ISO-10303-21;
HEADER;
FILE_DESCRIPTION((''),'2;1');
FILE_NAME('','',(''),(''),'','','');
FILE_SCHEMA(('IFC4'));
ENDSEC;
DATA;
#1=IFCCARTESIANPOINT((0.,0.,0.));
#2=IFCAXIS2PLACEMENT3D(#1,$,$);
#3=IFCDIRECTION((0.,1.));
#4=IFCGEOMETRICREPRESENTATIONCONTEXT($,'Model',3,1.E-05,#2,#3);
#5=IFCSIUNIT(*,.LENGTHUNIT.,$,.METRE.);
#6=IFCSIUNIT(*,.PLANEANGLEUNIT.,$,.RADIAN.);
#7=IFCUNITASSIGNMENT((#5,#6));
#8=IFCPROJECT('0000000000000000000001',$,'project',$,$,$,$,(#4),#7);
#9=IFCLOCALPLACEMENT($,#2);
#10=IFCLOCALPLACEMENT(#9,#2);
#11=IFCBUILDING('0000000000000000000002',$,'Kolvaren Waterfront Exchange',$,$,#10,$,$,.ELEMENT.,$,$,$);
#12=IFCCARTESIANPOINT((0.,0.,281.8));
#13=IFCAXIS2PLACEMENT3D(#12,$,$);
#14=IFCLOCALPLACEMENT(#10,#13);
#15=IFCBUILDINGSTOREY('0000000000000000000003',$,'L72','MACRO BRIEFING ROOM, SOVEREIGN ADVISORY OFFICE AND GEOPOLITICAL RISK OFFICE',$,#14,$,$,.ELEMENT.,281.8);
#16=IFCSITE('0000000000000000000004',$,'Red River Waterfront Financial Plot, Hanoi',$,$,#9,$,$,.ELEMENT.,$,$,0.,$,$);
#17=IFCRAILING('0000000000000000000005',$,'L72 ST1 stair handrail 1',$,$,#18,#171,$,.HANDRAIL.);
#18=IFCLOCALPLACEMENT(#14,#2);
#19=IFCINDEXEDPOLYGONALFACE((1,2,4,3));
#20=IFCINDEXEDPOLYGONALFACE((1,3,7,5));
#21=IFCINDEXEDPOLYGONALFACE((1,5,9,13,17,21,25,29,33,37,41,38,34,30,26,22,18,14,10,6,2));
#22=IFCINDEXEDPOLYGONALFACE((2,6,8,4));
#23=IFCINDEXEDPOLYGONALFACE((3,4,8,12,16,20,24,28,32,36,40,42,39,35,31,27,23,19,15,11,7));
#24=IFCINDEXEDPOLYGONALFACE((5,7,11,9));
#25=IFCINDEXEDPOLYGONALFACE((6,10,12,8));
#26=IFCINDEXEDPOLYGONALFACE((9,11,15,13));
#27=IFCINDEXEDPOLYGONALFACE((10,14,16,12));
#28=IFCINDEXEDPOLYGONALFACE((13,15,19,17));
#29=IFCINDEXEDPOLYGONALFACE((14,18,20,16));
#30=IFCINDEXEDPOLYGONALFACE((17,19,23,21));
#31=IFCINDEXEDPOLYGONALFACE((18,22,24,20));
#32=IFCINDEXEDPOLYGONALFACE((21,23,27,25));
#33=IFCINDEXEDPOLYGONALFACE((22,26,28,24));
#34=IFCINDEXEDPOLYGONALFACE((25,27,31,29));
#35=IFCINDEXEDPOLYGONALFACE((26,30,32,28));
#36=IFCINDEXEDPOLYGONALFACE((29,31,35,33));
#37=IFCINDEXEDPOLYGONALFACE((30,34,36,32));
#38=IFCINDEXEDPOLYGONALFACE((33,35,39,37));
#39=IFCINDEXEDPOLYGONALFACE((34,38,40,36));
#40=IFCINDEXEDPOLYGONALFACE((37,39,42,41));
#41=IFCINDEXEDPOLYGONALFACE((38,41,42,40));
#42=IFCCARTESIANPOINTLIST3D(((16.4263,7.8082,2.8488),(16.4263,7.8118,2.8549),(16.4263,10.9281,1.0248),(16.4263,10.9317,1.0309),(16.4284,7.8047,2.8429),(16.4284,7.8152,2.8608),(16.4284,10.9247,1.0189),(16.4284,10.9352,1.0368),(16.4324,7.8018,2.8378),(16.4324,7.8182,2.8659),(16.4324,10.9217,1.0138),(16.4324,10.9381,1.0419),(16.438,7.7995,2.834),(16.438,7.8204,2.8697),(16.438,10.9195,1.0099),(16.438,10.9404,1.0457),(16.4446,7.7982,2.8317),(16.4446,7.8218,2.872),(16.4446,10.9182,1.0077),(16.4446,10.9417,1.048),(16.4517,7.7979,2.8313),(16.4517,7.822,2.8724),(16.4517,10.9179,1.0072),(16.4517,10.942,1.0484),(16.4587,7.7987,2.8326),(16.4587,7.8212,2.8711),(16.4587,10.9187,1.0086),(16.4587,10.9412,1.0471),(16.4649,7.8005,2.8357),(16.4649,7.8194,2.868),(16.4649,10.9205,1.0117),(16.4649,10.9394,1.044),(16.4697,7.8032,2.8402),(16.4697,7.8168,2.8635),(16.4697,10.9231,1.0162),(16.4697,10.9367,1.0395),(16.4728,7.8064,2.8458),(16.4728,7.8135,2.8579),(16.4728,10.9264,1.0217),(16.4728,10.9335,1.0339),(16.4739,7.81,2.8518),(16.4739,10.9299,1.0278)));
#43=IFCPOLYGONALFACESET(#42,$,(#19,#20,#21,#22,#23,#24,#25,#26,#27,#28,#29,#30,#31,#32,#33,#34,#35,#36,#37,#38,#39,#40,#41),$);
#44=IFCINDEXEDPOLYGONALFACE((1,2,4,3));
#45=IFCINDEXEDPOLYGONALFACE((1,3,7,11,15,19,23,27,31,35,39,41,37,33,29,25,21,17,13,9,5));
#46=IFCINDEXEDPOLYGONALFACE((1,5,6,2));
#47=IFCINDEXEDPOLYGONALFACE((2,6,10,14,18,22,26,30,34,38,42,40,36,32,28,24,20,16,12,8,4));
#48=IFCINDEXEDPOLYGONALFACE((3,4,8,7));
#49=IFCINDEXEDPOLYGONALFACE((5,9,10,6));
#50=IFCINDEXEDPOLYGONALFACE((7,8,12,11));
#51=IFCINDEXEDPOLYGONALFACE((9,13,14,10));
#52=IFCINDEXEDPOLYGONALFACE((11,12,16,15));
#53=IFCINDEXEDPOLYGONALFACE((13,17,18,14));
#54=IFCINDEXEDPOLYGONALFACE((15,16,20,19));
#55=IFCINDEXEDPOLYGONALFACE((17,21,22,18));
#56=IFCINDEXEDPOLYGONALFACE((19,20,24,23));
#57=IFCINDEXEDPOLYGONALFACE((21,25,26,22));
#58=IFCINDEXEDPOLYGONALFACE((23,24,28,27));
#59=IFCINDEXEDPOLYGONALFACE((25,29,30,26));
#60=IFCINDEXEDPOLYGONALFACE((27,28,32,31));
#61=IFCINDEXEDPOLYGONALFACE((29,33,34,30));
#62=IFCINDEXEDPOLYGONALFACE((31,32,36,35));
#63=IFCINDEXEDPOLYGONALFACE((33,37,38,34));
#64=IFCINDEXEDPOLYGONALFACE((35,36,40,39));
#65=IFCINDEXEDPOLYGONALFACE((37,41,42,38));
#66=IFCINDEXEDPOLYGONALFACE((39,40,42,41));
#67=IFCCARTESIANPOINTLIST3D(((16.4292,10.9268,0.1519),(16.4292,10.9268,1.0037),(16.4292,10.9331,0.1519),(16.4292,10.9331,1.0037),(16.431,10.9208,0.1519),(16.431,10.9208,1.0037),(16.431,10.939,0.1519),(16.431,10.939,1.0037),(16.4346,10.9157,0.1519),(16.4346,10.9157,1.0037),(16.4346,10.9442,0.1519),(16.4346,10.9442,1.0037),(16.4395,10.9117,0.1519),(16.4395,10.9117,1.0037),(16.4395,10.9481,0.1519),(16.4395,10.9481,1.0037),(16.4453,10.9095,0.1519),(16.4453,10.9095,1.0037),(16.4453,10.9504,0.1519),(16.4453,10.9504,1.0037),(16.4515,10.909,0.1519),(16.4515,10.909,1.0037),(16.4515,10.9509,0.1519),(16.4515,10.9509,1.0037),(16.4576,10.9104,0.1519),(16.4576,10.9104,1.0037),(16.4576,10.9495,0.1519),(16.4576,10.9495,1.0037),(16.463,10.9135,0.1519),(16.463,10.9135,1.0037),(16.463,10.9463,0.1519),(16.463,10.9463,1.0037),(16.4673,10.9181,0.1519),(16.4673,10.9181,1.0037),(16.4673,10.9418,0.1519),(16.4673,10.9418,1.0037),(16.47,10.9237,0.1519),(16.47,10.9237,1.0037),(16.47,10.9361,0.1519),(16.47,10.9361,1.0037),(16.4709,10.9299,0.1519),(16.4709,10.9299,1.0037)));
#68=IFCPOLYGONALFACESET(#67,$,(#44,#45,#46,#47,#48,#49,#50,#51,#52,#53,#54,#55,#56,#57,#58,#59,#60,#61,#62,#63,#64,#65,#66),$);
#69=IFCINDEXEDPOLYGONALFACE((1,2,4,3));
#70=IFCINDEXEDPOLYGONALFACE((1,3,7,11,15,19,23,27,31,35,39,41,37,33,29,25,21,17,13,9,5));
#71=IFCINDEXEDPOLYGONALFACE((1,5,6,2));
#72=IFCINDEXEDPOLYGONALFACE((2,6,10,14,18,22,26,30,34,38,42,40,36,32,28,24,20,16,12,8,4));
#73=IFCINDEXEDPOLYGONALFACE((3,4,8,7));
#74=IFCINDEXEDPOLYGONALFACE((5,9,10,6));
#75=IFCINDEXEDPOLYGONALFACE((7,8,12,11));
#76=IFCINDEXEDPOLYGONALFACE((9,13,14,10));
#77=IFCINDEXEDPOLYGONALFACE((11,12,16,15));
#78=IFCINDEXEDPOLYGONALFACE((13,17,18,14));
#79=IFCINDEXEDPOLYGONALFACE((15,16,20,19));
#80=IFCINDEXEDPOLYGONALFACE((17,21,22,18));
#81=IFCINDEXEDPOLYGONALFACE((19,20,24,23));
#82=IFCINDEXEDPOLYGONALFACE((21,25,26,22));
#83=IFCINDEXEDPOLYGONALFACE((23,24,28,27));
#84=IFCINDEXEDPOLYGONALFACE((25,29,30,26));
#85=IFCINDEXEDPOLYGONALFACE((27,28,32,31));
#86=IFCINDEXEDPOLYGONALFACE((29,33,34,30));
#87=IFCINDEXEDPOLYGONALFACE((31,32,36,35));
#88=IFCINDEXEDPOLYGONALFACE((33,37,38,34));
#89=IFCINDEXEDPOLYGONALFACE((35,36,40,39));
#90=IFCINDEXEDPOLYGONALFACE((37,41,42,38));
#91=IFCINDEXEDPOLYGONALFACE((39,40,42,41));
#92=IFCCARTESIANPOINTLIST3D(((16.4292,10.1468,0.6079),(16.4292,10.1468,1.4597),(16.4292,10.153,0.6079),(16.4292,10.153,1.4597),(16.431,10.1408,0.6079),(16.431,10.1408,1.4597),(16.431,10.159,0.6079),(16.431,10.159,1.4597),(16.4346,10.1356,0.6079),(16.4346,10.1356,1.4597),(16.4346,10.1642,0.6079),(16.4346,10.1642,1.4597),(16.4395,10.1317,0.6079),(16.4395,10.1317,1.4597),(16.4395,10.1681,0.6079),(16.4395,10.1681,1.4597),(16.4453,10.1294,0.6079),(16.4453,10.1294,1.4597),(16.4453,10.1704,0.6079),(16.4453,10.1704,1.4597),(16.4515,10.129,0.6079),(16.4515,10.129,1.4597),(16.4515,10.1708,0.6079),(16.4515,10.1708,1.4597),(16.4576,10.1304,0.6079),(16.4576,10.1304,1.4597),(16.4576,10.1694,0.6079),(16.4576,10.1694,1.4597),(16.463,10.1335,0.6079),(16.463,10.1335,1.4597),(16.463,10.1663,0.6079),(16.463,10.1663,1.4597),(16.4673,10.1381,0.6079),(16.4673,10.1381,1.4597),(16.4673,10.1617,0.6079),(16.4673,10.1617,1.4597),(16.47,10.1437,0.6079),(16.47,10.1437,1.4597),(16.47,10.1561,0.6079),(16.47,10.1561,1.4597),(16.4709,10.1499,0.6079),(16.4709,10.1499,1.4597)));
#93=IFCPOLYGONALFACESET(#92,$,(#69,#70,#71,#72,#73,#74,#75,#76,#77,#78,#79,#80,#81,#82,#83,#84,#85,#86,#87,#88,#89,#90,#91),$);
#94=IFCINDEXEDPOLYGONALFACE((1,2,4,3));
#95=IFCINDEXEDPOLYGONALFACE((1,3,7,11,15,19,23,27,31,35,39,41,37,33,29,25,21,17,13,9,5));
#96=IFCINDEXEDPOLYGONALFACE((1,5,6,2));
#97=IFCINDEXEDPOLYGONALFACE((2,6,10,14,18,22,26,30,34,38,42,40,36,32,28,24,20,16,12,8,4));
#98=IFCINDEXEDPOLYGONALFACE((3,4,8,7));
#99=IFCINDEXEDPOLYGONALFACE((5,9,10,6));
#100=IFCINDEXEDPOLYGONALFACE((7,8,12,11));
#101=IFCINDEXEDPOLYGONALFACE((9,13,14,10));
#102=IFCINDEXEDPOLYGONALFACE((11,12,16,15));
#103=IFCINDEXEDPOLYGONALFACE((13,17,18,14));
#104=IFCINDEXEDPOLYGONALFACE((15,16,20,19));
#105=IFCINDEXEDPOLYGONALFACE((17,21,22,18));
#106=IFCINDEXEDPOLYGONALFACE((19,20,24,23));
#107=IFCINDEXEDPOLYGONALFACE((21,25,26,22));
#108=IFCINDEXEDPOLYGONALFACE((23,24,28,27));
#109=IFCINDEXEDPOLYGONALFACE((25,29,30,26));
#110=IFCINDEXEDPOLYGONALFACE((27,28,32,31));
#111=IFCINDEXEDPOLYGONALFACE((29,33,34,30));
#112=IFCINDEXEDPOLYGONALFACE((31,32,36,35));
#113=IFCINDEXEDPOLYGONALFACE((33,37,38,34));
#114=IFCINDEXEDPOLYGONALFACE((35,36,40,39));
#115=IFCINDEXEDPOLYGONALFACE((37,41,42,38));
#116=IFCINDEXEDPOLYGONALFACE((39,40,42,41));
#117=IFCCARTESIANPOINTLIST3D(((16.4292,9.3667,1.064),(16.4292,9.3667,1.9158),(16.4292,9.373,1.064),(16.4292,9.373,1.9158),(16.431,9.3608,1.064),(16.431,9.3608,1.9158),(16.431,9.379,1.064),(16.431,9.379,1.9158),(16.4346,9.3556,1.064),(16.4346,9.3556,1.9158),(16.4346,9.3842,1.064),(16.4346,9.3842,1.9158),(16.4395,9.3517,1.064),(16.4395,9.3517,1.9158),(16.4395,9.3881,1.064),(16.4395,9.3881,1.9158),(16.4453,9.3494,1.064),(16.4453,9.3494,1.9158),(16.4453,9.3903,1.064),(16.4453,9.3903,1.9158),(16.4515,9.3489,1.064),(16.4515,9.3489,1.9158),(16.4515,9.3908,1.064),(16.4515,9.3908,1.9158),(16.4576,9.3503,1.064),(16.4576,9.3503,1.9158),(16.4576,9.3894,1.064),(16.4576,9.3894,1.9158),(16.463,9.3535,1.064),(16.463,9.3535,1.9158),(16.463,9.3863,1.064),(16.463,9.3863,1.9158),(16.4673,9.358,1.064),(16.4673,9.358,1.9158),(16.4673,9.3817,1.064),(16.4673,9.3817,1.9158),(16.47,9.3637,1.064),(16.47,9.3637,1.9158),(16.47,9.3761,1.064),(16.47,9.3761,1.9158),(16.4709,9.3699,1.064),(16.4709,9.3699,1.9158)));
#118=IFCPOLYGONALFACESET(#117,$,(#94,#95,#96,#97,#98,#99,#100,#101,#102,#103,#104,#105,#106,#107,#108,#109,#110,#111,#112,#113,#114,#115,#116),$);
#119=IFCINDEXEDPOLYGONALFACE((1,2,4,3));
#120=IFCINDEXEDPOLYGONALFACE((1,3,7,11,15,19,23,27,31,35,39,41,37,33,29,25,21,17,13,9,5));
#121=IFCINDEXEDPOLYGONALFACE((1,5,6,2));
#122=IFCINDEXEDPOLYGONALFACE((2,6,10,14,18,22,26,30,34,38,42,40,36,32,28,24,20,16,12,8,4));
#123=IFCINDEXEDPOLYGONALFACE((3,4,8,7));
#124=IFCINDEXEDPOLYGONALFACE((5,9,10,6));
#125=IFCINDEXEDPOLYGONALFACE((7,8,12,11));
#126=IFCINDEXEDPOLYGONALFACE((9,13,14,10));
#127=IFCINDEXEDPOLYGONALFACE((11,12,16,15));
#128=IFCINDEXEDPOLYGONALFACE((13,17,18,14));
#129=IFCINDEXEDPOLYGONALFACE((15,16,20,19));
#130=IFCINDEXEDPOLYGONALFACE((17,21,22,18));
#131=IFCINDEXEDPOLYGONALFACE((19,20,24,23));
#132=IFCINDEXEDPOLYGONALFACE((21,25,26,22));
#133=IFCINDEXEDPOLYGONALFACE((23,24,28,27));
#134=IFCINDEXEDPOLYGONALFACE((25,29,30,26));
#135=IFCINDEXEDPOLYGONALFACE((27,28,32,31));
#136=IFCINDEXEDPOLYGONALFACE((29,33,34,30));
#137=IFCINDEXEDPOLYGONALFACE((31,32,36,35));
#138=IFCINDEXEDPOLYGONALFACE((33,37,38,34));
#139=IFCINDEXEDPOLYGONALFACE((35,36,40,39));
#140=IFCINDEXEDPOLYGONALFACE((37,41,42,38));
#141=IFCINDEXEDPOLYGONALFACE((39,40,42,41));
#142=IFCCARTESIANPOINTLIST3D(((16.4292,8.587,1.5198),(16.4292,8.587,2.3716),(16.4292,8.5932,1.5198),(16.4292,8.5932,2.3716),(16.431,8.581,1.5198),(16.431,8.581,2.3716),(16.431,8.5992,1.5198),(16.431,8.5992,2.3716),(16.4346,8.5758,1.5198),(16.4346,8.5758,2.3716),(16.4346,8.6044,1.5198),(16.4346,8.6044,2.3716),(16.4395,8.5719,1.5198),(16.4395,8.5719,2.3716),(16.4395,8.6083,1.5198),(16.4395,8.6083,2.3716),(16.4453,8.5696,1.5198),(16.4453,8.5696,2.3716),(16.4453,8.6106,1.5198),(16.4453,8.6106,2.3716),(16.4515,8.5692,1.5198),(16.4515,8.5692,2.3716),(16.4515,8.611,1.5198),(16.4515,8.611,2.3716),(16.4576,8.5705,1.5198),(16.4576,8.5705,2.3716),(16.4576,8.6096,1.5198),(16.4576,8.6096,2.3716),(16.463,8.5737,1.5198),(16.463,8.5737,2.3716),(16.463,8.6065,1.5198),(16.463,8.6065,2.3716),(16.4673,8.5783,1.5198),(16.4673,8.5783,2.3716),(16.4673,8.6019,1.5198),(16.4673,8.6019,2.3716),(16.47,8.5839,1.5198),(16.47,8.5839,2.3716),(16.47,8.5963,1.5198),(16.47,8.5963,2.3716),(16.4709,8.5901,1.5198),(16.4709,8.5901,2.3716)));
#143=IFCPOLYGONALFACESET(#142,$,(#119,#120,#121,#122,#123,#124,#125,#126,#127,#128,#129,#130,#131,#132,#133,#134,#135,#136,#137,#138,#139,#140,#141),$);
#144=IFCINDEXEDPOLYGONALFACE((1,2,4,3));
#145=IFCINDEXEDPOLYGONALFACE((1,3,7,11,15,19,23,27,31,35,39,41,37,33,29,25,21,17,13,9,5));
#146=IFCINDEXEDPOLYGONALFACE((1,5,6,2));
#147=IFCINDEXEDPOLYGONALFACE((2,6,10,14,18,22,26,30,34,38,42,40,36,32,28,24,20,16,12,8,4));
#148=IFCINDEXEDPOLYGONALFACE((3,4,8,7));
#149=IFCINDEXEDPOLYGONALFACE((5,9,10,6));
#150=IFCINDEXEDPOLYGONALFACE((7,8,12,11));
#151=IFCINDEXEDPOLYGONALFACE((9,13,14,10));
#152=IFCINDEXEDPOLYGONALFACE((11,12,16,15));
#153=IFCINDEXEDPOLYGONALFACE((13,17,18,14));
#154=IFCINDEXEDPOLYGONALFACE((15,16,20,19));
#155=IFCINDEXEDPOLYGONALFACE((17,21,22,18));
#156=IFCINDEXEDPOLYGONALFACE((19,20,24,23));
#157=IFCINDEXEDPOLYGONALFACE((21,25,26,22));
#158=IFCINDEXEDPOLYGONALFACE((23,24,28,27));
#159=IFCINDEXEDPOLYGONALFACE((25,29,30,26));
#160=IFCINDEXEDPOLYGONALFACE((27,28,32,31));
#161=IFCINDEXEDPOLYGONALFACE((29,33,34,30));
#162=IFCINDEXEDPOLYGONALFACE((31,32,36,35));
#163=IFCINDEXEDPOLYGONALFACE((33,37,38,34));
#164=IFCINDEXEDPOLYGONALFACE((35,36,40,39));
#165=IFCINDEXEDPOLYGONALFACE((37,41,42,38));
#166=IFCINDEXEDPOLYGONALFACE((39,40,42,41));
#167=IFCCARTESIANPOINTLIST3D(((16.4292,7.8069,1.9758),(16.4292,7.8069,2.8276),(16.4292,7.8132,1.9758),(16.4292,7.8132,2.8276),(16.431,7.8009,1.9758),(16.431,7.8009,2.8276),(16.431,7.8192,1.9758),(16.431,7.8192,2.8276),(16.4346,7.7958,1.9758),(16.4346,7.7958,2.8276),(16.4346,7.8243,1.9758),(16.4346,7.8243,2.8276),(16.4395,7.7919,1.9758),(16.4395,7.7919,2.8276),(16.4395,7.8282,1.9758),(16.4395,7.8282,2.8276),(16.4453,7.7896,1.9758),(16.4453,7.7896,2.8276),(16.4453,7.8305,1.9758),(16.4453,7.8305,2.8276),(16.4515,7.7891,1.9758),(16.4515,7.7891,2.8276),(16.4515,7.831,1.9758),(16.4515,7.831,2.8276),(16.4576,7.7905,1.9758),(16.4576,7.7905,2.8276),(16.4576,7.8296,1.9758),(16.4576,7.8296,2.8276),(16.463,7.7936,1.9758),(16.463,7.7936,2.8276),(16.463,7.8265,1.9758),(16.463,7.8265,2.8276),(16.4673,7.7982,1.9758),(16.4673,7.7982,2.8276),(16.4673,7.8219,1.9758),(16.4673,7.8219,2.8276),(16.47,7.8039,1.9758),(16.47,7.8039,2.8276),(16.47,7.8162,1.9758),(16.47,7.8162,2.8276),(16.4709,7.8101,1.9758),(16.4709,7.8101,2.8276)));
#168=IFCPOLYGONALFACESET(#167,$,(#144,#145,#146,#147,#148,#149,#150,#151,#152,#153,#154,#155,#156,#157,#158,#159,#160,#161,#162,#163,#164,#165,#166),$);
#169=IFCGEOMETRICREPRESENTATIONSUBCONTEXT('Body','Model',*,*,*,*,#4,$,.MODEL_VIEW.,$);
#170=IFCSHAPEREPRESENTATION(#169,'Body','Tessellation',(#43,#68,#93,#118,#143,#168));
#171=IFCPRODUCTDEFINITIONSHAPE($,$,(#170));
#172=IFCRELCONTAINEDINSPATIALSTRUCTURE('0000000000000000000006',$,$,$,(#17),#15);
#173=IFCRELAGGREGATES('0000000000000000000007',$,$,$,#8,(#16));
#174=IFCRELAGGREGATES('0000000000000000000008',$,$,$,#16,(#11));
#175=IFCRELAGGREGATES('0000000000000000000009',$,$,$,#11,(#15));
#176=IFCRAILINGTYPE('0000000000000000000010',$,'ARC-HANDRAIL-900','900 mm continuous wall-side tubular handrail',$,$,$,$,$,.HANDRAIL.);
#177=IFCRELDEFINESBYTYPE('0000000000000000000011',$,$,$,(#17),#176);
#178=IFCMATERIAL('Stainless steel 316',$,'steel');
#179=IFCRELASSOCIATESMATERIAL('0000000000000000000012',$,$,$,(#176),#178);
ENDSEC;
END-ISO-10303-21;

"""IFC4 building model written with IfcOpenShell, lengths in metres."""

from ifc_helpers import new_model, si_unit, direction, frame, origin, origin_2d, place, context, subcontext, project, spatial, circle, extrude, material, type_object, element, save


model = new_model("IFC4")

# Units and contexts
model_context = context("Model", 3, precision=1e-05, world=origin(), true_north=direction((0.0, 1.0)))
body_context = subcontext(model_context, "Body", "Model", "MODEL_VIEW")
ifc_project = project(units=[si_unit("LENGTHUNIT", "METRE"), si_unit("PLANEANGLEUNIT", "RADIAN")], contexts=[model_context])

# Site, building, storey
site_placement = place(None, origin())
site = spatial("IfcSite", under=ifc_project, at=site_placement, Name="Red River Waterfront Financial Plot, Hanoi", CompositionType="ELEMENT", RefElevation=0.0)
building_placement = place(site_placement, origin())
building = spatial("IfcBuilding", under=site, at=building_placement, Name="Kolvaren Waterfront Exchange", CompositionType="ELEMENT")
storey_placement = place(building_placement, frame((0.0, 0.0, 281.8)))
storey = spatial("IfcBuildingStorey", under=building, at=storey_placement, Name="L72", Description="MACRO BRIEFING ROOM, SOVEREIGN ADVISORY OFFICE AND GEOPOLITICAL RISK OFFICE", CompositionType="ELEMENT", Elevation=281.8)

# Railing
ifc_material_1 = material(Name="Stainless steel 316", Category="steel")
railing_type_1 = type_object("IfcRailingType", Name="ARC-HANDRAIL-900", Description="900 mm continuous wall-side tubular handrail", PredefinedType="HANDRAIL", material=ifc_material_1)
railing_1_placement = place(storey_placement, frame((16.45, 10.9299, 0.1519)))
element("IfcRailing", 1, at=railing_1_placement, inside=storey, type_object=railing_type_1, Name="L72 ST1 stair handrail 1", PredefinedType="HANDRAIL", context=body_context, shape_type="SweptSolid", body=[
    extrude(circle(Radius=0.0239, at=origin_2d()), frame((0.0, 0.0, 0.876), z_axis=(0.0, -0.863291, 0.504707), x_axis=(1.0, 0.0, 0.0)), (0.0, 0.0, 1.0), 3.614),
    extrude(circle(Radius=0.021, at=origin_2d()), origin(), (0.0, 0.0, 1.0), 0.8518),
    extrude(circle(Radius=0.021, at=origin_2d()), frame((0.0, -0.78, 0.4561)), (0.0, 0.0, 1.0), 0.8518),
    extrude(circle(Radius=0.021, at=origin_2d()), frame((0.0, -1.5601, 0.9121)), (0.0, 0.0, 1.0), 0.8518),
    extrude(circle(Radius=0.021, at=origin_2d()), frame((0.0, -2.3398, 1.3679)), (0.0, 0.0, 1.0), 0.8518),
    extrude(circle(Radius=0.021, at=origin_2d()), frame((0.0, -3.1199, 1.824)), (0.0, 0.0, 1.0), 0.8518),
])

save(model, "model.ifc")
